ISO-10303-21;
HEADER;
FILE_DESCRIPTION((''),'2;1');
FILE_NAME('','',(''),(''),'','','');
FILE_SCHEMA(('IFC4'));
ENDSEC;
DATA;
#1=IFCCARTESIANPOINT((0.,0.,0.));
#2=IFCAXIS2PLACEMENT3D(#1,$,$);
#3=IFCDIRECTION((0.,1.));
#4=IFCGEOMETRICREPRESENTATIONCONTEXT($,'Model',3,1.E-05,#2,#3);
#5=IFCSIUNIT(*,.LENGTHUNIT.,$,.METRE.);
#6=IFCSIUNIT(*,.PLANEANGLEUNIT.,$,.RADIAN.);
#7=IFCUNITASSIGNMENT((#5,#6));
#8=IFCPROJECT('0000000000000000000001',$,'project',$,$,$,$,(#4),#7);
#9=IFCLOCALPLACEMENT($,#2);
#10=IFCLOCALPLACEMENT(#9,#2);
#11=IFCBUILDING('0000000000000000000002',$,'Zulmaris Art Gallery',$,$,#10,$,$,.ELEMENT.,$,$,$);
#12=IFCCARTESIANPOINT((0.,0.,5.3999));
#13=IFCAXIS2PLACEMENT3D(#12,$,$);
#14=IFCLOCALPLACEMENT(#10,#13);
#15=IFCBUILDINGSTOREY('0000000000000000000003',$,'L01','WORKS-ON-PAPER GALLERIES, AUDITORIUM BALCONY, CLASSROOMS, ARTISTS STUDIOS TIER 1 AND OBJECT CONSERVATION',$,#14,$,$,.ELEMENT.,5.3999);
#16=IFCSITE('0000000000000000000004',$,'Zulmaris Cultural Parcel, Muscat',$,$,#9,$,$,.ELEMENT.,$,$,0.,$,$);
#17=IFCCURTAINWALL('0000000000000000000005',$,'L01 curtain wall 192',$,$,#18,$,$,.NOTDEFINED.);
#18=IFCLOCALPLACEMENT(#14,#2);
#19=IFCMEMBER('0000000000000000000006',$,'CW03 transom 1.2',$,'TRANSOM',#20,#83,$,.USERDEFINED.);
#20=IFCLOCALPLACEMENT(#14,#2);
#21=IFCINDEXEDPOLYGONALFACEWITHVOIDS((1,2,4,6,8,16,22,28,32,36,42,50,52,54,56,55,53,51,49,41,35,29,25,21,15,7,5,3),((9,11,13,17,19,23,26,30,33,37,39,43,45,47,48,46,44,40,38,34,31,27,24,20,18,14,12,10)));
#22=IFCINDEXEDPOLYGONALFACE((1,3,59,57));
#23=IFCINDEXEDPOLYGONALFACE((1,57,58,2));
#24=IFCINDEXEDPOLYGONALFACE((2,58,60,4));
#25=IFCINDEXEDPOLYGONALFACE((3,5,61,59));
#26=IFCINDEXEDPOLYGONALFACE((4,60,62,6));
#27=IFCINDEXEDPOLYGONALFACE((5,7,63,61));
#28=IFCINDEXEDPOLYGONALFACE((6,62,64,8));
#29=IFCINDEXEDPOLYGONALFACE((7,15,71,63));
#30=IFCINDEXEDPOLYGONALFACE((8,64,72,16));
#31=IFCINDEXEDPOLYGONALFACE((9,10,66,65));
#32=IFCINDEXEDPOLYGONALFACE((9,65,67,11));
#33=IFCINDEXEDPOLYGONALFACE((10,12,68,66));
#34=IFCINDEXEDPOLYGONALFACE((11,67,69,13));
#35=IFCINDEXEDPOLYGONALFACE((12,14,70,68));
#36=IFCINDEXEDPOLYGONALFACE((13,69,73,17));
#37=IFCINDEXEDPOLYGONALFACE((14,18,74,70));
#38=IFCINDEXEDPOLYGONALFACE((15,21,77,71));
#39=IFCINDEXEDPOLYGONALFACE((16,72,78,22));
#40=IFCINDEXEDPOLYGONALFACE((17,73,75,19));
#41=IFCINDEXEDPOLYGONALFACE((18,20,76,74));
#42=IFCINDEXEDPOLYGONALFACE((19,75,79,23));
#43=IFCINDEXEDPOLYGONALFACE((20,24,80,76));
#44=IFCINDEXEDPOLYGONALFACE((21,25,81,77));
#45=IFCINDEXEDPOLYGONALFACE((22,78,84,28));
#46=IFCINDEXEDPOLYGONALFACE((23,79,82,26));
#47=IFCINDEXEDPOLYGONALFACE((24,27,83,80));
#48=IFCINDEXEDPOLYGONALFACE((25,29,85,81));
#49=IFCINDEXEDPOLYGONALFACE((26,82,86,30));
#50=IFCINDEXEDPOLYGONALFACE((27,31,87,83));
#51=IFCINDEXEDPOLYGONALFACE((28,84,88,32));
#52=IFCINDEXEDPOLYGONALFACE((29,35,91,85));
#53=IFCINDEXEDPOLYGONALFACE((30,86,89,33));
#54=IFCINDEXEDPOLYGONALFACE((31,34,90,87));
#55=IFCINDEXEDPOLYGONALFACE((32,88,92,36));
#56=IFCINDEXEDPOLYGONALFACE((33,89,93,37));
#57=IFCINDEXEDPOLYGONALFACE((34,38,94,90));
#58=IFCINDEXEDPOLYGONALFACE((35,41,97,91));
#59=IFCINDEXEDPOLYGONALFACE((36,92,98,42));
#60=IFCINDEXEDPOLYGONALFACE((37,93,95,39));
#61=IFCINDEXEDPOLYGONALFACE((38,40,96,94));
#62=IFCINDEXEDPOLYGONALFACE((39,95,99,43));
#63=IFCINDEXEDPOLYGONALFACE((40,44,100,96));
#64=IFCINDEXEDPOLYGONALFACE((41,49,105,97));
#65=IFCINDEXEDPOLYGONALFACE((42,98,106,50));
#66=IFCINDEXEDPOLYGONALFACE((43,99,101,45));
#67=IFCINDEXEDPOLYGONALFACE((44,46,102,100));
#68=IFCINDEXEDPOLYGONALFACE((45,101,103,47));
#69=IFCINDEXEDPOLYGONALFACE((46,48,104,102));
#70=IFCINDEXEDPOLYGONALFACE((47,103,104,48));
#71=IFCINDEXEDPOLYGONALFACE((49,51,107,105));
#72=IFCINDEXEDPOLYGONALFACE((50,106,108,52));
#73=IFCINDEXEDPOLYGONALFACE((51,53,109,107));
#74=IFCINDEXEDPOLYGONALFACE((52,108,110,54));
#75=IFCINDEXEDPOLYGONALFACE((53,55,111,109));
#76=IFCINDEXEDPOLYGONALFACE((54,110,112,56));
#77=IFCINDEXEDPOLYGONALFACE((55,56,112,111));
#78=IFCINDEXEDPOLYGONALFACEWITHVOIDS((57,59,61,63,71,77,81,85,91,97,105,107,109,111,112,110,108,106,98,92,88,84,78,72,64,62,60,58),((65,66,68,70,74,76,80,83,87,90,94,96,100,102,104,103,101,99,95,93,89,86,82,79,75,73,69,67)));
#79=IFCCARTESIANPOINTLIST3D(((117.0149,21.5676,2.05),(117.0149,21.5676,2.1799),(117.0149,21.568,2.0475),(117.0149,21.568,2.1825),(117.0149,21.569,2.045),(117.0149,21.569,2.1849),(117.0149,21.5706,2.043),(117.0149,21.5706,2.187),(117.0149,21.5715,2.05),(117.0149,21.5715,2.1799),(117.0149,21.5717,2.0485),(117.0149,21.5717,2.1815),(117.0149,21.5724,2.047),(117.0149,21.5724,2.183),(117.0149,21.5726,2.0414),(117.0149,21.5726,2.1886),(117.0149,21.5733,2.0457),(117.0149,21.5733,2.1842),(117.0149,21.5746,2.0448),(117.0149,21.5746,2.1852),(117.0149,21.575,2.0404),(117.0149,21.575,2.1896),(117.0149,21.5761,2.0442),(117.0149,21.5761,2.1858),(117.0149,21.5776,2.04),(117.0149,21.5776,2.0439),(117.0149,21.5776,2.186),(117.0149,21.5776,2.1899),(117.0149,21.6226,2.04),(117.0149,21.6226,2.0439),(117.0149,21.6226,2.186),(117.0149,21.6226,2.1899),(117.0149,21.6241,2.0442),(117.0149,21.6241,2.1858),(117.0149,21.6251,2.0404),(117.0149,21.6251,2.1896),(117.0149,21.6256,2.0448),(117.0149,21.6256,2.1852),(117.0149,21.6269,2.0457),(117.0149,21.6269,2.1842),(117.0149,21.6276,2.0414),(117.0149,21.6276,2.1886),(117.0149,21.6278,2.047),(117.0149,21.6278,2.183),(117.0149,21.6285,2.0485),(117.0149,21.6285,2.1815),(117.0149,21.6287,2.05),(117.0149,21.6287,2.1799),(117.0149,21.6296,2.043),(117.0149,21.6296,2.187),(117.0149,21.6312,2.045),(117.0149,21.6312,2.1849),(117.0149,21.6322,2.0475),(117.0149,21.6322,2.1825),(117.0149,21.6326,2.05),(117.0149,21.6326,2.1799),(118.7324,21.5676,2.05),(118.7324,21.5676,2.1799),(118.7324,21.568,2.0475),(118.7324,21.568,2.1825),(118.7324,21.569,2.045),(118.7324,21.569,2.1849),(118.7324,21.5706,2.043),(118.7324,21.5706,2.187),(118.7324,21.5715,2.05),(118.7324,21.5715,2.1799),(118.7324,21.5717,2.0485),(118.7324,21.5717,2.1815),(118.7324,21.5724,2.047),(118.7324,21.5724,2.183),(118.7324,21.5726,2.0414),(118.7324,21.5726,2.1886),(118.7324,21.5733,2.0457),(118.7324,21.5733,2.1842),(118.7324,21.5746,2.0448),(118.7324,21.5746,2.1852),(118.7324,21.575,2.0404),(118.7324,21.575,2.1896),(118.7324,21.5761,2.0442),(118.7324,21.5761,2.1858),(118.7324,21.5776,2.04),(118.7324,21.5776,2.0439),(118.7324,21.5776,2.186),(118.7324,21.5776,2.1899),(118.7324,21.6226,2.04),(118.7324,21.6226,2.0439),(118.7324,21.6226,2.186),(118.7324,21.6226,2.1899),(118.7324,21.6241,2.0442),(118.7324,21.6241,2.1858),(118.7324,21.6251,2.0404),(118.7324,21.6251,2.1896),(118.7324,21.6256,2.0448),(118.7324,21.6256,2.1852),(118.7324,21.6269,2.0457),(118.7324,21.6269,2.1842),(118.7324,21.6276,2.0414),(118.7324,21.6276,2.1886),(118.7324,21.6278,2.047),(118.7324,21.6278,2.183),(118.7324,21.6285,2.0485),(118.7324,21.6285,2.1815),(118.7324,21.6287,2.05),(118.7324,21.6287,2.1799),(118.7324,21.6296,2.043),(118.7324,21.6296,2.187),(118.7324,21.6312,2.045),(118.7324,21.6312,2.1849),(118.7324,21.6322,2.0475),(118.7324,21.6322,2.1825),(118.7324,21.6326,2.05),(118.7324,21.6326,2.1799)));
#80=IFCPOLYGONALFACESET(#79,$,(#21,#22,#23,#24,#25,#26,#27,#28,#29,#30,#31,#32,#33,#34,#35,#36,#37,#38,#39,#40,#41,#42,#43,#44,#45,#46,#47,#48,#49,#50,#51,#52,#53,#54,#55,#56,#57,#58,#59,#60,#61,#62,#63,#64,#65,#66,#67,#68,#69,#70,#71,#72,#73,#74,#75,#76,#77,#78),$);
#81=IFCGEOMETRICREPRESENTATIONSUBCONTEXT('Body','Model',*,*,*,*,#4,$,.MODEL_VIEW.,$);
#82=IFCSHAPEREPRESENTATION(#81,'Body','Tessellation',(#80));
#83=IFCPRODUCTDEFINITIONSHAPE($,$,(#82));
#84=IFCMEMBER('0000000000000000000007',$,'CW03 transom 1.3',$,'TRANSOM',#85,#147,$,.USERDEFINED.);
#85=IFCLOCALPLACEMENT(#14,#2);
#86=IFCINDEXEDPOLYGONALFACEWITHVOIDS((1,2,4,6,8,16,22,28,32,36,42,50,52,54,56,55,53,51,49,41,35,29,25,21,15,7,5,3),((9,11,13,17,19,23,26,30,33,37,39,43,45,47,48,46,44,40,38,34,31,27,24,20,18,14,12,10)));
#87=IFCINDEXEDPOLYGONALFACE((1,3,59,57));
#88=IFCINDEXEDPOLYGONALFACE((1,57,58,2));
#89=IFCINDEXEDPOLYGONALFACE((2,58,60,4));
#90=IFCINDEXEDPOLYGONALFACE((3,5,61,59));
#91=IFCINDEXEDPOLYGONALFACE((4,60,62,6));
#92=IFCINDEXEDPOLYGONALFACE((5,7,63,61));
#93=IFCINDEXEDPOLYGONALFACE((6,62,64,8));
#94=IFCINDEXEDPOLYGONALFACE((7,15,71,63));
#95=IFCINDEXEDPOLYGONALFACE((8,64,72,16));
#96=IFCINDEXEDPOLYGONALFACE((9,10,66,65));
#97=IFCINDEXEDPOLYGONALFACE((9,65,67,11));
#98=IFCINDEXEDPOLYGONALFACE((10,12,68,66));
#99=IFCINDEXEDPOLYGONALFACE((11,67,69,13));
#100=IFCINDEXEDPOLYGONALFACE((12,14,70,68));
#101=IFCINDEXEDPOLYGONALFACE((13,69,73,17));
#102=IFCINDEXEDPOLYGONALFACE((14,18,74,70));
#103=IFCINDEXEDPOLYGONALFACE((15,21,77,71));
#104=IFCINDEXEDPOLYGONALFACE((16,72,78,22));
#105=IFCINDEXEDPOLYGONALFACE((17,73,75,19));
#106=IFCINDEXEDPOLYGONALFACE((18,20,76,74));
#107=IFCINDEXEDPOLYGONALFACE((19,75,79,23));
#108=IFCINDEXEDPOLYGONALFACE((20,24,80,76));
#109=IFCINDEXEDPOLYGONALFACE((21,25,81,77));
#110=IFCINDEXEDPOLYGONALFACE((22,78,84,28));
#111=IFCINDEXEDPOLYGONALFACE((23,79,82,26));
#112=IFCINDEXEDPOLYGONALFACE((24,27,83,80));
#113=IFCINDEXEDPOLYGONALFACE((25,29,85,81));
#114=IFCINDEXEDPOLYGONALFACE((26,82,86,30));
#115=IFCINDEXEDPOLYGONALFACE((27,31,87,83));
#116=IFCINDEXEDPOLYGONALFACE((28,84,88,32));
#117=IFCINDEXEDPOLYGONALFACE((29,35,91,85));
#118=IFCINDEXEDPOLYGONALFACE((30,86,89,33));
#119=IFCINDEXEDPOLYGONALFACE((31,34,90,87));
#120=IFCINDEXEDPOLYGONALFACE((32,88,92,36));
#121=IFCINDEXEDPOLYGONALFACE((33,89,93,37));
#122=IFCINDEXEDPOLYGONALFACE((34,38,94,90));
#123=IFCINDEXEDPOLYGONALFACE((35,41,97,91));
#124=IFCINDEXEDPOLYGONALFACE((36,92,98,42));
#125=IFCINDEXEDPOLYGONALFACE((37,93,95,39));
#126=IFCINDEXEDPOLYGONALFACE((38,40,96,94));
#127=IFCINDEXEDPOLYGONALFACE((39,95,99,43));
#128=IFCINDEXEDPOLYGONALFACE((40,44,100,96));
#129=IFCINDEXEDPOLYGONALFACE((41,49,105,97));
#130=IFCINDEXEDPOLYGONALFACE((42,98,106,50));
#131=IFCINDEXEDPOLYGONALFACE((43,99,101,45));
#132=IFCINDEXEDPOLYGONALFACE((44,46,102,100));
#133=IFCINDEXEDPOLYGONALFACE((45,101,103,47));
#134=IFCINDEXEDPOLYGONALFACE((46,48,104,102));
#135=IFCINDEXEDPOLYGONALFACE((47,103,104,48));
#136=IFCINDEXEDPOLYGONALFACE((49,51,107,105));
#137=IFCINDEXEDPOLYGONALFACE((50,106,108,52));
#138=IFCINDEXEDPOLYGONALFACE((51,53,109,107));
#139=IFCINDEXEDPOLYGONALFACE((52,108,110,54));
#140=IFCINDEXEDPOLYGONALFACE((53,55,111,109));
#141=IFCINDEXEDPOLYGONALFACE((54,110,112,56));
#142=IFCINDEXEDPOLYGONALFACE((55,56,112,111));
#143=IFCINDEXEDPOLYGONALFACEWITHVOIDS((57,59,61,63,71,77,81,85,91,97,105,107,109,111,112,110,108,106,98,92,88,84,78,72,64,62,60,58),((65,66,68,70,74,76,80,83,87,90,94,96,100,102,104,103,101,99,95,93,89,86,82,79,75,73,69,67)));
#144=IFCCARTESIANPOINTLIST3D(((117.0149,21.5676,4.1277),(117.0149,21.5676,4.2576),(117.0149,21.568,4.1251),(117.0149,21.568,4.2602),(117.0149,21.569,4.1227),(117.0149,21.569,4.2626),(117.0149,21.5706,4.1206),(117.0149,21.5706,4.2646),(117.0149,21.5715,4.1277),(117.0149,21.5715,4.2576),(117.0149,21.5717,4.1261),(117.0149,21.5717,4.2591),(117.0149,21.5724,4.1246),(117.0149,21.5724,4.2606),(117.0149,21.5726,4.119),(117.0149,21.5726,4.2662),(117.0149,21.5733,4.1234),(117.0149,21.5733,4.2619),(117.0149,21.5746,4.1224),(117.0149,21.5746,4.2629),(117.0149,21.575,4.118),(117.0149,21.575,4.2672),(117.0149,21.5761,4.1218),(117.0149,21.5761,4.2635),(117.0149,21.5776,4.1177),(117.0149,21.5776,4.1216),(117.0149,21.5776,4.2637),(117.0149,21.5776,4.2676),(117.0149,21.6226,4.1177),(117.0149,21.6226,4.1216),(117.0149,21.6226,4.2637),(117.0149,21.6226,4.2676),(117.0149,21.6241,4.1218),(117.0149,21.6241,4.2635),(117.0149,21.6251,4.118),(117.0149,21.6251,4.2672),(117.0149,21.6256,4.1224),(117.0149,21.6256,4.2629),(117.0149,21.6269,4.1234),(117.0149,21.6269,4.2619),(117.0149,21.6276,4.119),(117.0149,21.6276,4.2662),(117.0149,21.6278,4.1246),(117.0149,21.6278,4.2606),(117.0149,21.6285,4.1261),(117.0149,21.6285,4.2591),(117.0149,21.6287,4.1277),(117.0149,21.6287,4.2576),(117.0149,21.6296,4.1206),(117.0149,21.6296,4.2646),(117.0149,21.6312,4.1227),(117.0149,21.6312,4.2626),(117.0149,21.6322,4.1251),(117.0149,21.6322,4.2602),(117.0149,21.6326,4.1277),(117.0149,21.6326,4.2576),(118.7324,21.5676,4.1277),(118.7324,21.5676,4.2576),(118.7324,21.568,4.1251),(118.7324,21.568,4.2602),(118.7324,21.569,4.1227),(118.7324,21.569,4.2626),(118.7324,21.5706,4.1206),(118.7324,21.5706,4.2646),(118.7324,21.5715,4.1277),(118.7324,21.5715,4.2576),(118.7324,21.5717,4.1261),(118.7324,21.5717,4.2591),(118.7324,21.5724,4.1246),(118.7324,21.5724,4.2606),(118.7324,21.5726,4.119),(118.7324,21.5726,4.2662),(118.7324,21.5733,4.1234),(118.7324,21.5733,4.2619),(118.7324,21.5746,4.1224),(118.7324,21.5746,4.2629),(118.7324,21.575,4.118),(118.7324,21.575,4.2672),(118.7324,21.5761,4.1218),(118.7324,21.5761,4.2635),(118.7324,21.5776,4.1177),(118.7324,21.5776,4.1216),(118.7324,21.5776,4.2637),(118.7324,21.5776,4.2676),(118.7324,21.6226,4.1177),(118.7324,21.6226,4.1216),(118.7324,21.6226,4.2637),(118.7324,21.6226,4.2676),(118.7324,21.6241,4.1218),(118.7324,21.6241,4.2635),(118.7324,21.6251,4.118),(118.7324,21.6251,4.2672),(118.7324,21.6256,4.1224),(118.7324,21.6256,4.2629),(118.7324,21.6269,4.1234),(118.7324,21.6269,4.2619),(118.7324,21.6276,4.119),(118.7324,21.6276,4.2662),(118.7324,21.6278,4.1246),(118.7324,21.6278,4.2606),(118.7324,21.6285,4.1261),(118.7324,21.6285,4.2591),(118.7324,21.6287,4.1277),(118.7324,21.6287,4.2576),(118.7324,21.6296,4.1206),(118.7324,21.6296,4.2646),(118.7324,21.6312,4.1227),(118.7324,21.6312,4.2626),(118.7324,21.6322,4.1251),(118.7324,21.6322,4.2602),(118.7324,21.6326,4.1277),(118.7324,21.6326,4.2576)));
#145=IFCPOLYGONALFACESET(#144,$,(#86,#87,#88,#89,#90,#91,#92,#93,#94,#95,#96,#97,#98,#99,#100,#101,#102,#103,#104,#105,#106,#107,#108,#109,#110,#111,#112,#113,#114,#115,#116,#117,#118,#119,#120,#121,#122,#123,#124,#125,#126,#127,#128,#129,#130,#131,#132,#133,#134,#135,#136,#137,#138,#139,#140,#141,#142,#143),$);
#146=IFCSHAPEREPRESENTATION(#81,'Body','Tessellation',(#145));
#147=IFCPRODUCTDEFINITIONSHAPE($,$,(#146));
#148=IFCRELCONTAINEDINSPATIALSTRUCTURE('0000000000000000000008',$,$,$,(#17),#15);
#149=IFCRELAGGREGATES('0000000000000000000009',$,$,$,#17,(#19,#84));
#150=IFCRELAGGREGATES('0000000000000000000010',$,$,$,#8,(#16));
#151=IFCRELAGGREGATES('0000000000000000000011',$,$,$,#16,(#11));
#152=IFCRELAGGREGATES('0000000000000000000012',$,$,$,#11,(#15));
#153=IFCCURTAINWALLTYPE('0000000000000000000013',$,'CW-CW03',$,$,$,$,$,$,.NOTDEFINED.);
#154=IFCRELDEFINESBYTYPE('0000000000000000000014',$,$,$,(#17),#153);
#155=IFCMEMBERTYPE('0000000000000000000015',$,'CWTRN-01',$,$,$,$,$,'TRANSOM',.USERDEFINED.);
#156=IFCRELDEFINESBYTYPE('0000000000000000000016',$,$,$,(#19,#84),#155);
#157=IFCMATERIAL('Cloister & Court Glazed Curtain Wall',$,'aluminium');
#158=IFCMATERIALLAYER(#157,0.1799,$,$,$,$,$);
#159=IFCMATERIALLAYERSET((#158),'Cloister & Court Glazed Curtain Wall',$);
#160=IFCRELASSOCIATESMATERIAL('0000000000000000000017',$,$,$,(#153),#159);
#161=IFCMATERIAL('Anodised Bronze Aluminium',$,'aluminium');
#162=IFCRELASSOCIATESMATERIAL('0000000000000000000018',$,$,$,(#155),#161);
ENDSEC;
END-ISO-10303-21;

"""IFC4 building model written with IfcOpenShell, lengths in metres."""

from ifc_helpers import new_model, si_unit, direction, frame, origin, origin_2d, place, context, subcontext, project, spatial, hollow_rectangle, extrude, material, layer, layer_set, material_profile, profile_set, type_object, element, aggregate, save


model = new_model("IFC4")

# Units and contexts
model_context = context("Model", 3, precision=1e-05, world=origin(), true_north=direction((0.0, 1.0)))
body_context = subcontext(model_context, "Body", "Model", "MODEL_VIEW")
ifc_project = project(units=[si_unit("LENGTHUNIT", "METRE"), si_unit("PLANEANGLEUNIT", "RADIAN")], contexts=[model_context])

# Site, building, storey
site_placement = place(None, origin())
site = spatial("IfcSite", under=ifc_project, at=site_placement, Name="Zulmaris Cultural Parcel, Muscat", CompositionType="ELEMENT", RefElevation=0.0)
building_placement = place(site_placement, origin())
building = spatial("IfcBuilding", under=site, at=building_placement, Name="Zulmaris Art Gallery", CompositionType="ELEMENT")
storey_placement = place(building_placement, frame((0.0, 0.0, 5.3999)))
storey = spatial("IfcBuildingStorey", under=building, at=storey_placement, Name="L01", Description="WORKS-ON-PAPER GALLERIES, AUDITORIUM BALCONY, CLASSROOMS, ARTISTS STUDIOS TIER 1 AND OBJECT CONSERVATION", CompositionType="ELEMENT", Elevation=5.3999)

# Shared definitions
ifc_material_1 = material(Name="Cloister & Court Glazed Curtain Wall", Category="aluminium")
ifc_layer_1 = layer(ifc_material_1, 0.1799)
ifc_layer_set_1 = layer_set([ifc_layer_1], Name="Cloister & Court Glazed Curtain Wall")
curtain_wall_type = type_object("IfcCurtainWallType", Name="CW-CW03", PredefinedType="NOTDEFINED", material=ifc_layer_set_1)
ifc_material_2 = material(Name="Anodised Bronze Aluminium", Category="aluminium")

# Curtain wall
curtain_wall_1_placement = place(storey_placement, origin())
curtain_wall_1 = element("IfcCurtainWall", 1, at=curtain_wall_1_placement, inside=storey, type_object=curtain_wall_type, Name="L01 curtain wall 192", PredefinedType="NOTDEFINED")

# Members
ifc_material_profile_1 = material_profile(ifc_material_2, hollow_rectangle(XDim=0.0649, YDim=0.1499, WallThickness=0.0039, InnerFilletRadius=0.0061, OuterFilletRadius=0.01, at=origin_2d()), Name="ALU 65x150x4")
ifc_profile_set_1 = profile_set([ifc_material_profile_1], Name="Anodised Bronze Aluminium")
member_type_1 = type_object("IfcMemberType", Name="CWTRN-01", ElementType="TRANSOM", PredefinedType="USERDEFINED", material=ifc_profile_set_1)
member_1_placement = place(storey_placement, frame((117.0149, 21.6001, 2.115), z_axis=(1.0, 0.0, 0.0), x_axis=(0.0, 1.0, 0.0)))
member_1 = element("IfcMember", 2, at=member_1_placement, type_object=member_type_1, Name="CW03 transom 1.2", ObjectType="TRANSOM", PredefinedType="USERDEFINED", context=body_context, shape_type="SweptSolid", body=[
    extrude(hollow_rectangle(XDim=0.0649, YDim=0.1499, WallThickness=0.0039, InnerFilletRadius=0.0061, OuterFilletRadius=0.01, at=origin_2d()), origin(), (0.0, 0.0, 1.0), 1.7175),
])
member_2_placement = place(storey_placement, frame((117.0149, 21.6001, 4.1926), z_axis=(1.0, 0.0, 0.0), x_axis=(0.0, 1.0, 0.0)))
member_2 = element("IfcMember", 3, at=member_2_placement, type_object=member_type_1, Name="CW03 transom 1.3", ObjectType="TRANSOM", PredefinedType="USERDEFINED", context=body_context, shape_type="SweptSolid", body=[
    extrude(hollow_rectangle(XDim=0.0649, YDim=0.1499, WallThickness=0.0039, InnerFilletRadius=0.0061, OuterFilletRadius=0.01, at=origin_2d()), origin(), (0.0, 0.0, 1.0), 1.7175),
])

aggregate(curtain_wall_1, [member_1, member_2])

save(model, "model.ifc")
